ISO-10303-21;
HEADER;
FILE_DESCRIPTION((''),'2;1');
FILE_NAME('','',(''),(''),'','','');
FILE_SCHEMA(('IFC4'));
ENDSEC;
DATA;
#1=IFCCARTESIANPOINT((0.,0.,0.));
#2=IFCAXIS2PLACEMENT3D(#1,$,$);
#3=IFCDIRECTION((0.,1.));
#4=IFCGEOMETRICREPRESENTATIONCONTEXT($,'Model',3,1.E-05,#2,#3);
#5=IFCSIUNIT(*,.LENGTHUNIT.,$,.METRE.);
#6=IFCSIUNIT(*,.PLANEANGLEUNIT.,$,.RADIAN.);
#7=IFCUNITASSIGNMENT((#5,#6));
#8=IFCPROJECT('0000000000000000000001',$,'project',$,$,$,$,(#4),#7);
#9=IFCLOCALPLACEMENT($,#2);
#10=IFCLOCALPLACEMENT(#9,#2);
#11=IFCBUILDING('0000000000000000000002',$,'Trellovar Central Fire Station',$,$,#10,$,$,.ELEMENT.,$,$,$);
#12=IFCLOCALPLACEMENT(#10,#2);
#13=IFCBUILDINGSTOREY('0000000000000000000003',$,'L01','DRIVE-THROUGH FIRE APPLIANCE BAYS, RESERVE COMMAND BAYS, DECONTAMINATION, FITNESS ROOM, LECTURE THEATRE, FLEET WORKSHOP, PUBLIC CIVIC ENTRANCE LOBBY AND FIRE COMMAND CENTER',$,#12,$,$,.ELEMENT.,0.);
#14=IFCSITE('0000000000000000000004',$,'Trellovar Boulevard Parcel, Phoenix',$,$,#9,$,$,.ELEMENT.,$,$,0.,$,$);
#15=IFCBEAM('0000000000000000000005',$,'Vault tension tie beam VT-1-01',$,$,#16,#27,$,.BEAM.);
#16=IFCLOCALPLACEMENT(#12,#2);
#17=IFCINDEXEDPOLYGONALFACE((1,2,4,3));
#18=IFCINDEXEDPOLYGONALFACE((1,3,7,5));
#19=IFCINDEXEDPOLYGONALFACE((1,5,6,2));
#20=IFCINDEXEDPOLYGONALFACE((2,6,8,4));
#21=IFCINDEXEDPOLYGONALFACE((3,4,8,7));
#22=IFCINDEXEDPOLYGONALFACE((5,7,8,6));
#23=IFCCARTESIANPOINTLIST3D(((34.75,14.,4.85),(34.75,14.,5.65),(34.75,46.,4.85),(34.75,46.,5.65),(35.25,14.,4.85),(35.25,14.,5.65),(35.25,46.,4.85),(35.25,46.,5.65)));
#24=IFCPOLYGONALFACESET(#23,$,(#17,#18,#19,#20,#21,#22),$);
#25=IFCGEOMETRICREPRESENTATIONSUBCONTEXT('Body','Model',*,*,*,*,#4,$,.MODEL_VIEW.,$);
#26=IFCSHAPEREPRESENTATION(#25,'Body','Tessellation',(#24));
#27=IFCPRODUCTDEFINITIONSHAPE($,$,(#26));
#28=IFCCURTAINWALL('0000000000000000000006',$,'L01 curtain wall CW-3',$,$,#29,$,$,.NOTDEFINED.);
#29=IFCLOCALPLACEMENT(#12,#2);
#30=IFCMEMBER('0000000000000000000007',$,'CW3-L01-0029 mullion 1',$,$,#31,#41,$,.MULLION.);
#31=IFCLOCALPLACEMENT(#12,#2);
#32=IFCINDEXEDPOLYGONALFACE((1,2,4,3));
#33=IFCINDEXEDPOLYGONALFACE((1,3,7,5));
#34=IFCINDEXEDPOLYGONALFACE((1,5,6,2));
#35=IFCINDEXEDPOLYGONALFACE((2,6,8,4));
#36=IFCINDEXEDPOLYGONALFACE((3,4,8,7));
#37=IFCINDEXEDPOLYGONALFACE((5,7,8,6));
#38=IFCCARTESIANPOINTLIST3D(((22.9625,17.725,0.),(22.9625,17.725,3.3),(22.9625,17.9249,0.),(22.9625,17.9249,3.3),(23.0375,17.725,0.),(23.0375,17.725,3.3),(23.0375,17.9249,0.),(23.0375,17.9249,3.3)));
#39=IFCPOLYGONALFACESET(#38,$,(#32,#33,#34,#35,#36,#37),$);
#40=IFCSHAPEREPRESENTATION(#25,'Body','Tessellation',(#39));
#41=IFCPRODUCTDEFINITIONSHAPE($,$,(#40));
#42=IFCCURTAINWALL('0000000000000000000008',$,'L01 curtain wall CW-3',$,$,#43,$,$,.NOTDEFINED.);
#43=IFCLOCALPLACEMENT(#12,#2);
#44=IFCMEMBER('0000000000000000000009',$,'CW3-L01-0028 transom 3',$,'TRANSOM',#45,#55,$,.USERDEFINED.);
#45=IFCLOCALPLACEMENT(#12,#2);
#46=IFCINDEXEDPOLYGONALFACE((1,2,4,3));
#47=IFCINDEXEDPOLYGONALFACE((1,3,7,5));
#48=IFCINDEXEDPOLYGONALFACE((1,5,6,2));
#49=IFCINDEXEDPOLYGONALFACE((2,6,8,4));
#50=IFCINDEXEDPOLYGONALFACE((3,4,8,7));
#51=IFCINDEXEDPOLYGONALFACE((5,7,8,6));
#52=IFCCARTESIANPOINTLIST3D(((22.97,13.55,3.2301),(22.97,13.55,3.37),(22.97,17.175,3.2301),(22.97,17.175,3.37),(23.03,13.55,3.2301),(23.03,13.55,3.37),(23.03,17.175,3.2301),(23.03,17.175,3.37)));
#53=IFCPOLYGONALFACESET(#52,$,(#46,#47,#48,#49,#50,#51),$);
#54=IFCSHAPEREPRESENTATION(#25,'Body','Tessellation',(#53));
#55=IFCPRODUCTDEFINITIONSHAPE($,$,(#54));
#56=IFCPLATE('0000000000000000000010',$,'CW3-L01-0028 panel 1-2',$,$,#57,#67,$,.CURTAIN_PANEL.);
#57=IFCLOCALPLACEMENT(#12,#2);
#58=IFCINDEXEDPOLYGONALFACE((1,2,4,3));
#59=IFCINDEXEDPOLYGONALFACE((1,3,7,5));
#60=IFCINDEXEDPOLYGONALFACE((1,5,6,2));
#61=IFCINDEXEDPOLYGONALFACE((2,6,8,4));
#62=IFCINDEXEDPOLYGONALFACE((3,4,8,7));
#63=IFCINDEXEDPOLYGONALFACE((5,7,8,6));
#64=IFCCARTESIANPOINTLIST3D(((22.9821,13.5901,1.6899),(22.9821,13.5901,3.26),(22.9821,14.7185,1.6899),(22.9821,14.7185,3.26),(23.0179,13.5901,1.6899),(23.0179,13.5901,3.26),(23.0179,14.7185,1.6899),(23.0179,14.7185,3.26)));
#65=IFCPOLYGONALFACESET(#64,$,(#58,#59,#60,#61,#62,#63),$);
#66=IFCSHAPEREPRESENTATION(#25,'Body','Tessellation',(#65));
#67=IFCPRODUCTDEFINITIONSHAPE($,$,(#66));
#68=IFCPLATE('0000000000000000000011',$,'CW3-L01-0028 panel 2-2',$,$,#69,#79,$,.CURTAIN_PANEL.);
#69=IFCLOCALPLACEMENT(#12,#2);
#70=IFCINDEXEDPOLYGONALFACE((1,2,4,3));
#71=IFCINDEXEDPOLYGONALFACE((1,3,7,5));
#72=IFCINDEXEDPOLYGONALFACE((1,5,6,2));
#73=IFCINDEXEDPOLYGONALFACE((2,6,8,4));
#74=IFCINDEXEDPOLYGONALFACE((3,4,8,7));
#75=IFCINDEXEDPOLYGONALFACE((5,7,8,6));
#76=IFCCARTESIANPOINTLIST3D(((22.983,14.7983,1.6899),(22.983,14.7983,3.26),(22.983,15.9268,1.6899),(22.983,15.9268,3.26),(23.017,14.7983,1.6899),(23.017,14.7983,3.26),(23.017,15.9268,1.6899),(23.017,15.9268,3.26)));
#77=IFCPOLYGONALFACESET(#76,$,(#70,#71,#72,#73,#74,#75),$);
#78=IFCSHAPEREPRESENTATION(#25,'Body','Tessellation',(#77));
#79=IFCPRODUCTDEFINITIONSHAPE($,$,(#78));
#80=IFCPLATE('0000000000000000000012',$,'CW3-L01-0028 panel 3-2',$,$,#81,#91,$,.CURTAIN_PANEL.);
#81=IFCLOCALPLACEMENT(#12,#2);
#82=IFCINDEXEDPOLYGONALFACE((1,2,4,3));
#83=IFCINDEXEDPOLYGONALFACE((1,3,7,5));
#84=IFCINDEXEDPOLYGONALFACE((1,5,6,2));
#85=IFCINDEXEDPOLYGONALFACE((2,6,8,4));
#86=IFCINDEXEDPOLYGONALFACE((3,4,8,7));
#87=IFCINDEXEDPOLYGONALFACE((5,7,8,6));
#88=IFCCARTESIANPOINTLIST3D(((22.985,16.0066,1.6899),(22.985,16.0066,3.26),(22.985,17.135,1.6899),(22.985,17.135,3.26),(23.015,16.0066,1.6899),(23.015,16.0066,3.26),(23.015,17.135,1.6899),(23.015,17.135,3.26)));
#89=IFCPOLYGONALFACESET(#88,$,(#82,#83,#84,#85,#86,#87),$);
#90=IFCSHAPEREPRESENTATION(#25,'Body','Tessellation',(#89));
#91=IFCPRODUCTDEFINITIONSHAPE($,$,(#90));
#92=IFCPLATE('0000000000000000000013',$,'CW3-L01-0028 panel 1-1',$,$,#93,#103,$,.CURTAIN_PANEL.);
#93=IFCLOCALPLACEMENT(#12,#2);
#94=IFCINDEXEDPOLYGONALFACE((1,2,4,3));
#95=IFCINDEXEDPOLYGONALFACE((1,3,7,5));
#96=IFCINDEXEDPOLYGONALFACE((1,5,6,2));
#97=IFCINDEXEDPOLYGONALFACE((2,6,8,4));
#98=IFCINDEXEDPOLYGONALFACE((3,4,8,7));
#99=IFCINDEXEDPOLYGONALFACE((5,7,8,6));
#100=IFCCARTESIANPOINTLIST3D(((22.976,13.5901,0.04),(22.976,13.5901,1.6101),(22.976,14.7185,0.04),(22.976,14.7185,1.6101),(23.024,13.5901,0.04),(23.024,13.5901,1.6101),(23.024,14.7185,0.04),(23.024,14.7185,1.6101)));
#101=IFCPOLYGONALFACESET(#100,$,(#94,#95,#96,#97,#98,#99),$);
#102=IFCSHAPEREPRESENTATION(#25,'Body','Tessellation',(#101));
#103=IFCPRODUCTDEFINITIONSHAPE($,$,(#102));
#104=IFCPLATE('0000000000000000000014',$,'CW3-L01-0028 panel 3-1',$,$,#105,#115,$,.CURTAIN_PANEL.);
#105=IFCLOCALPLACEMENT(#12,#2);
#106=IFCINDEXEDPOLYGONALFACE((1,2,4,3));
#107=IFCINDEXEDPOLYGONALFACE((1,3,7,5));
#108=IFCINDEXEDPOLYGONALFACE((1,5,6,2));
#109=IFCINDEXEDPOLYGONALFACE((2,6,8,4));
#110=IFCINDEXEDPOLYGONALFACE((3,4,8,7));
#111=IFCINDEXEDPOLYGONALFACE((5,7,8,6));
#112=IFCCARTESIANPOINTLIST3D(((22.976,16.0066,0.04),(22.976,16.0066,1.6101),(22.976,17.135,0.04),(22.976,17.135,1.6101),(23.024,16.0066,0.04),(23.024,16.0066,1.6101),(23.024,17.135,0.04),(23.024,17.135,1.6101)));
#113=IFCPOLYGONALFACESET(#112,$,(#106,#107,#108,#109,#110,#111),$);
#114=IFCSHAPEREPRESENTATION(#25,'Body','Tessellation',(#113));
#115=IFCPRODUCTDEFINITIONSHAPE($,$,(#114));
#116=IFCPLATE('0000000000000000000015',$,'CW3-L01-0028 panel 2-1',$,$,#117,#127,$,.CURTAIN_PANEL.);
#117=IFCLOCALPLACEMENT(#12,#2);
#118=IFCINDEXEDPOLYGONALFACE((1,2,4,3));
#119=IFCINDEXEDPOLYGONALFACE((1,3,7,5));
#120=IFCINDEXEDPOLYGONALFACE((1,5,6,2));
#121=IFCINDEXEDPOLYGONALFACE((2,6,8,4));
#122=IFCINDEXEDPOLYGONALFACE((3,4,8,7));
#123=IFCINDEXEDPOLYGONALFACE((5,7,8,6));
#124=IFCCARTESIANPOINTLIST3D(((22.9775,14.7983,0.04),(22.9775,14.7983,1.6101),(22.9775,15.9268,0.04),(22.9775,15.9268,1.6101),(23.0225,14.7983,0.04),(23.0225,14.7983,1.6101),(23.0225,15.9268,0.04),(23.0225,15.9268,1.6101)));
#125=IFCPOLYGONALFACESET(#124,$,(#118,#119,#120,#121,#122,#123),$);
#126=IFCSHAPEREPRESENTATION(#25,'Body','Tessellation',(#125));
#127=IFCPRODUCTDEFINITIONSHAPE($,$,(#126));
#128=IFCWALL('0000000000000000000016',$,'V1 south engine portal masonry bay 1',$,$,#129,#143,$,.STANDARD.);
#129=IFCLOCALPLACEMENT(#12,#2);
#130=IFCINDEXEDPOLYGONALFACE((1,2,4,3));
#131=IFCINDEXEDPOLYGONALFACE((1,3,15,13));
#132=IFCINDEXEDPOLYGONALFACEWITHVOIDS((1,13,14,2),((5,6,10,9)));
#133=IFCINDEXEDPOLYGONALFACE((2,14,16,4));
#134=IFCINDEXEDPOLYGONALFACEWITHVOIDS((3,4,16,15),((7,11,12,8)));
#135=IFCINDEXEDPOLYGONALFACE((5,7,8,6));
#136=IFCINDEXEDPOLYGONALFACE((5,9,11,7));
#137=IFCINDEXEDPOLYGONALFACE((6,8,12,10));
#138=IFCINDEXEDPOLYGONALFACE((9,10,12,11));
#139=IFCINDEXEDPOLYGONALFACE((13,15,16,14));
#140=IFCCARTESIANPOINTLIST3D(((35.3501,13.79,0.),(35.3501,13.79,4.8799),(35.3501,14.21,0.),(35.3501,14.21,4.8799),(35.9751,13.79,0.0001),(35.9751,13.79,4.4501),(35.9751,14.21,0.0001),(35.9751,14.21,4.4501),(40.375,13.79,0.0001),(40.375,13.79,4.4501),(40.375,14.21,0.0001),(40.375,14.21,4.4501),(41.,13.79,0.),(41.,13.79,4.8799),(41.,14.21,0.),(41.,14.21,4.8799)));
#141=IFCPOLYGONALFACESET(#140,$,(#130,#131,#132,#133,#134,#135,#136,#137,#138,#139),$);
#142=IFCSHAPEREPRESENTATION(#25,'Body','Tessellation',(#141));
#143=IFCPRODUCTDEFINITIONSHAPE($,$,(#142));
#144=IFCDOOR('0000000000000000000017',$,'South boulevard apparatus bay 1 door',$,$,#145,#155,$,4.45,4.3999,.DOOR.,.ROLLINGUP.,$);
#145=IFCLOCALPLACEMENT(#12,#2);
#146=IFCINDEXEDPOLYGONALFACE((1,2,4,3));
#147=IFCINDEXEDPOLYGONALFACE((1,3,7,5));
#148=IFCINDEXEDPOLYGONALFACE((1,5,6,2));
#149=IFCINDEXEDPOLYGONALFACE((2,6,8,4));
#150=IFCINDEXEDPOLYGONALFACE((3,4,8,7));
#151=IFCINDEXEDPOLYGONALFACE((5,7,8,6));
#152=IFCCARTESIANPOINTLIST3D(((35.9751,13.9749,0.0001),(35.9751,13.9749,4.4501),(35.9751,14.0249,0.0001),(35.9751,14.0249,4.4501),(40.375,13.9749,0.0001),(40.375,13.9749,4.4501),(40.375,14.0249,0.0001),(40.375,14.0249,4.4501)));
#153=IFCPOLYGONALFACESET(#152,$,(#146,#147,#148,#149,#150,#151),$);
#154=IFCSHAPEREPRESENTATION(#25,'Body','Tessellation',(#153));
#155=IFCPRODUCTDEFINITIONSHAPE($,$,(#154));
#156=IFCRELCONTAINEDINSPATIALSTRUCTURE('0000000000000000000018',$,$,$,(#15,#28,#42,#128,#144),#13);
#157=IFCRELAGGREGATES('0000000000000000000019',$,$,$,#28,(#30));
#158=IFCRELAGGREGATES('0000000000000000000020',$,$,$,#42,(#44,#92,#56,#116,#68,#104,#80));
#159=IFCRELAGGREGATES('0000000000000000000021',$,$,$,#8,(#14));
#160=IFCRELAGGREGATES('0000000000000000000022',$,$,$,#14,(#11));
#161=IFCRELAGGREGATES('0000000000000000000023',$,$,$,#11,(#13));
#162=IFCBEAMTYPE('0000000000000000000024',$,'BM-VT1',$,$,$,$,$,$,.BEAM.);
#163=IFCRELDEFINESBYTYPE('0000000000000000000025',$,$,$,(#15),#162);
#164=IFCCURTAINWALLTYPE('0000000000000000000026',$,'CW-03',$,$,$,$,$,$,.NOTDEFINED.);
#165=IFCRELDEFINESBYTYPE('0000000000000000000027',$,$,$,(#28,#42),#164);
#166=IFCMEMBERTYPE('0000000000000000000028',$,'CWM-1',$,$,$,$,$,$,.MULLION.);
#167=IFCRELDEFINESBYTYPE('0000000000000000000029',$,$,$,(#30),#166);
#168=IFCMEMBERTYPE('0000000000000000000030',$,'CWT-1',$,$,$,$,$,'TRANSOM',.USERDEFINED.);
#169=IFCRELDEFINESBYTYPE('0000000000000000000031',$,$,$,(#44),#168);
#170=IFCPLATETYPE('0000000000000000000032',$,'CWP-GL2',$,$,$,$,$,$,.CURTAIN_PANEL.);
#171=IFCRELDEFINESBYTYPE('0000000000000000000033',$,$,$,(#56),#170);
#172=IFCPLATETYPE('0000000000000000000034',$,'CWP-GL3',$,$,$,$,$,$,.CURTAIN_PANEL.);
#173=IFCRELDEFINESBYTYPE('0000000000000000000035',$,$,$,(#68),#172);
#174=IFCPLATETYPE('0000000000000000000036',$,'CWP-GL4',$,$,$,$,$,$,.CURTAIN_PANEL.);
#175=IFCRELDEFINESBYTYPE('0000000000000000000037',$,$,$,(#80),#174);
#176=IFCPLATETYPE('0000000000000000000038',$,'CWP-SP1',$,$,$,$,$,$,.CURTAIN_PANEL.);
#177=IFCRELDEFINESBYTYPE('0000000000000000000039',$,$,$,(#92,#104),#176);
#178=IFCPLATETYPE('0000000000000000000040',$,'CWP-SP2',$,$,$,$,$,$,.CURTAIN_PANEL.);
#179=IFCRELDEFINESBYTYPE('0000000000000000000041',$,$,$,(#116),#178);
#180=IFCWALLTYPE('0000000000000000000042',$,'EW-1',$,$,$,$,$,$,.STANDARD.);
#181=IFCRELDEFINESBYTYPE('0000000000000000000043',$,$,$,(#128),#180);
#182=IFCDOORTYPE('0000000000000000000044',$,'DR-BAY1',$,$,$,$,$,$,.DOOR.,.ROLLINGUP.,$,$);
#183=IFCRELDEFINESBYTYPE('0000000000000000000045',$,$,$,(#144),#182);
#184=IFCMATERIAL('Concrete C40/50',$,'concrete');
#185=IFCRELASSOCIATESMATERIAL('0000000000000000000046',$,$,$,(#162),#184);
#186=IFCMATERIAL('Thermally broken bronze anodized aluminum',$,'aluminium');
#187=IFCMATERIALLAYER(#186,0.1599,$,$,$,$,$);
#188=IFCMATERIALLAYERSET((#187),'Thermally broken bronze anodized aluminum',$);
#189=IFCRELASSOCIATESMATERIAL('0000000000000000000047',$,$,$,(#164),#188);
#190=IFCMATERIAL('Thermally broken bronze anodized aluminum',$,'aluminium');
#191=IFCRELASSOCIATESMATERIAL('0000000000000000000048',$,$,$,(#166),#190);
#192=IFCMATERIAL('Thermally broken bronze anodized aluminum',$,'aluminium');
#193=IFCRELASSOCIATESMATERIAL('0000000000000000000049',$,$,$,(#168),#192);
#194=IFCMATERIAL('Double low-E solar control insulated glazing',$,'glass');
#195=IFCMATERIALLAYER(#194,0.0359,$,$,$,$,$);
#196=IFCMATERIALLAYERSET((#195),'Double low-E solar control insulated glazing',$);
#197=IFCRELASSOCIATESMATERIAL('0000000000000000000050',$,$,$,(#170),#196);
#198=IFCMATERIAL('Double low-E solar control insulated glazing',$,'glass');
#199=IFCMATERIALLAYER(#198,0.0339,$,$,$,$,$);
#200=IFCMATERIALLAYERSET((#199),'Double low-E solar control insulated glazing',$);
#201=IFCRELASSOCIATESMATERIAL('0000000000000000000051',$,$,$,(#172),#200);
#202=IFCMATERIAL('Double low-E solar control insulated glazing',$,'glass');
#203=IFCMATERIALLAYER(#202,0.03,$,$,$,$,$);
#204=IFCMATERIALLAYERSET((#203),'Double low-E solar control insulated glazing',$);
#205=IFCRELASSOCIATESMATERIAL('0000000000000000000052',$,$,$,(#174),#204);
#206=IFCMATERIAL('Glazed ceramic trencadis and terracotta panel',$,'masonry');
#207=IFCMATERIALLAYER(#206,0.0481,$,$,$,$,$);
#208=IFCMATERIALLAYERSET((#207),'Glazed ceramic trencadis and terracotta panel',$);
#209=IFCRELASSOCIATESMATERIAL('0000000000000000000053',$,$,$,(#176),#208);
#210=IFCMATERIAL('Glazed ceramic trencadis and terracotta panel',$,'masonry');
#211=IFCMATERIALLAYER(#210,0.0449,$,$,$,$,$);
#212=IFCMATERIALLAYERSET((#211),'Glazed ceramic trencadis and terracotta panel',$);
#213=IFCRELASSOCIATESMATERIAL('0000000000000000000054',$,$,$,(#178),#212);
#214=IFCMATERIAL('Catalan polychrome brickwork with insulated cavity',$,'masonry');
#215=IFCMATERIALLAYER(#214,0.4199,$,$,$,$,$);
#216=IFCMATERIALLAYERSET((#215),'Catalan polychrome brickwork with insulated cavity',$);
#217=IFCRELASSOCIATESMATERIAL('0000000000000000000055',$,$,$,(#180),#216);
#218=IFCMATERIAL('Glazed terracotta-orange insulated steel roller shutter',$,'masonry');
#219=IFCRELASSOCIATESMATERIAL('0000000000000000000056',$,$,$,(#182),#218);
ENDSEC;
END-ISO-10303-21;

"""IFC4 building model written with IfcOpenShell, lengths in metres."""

from ifc_helpers import new_model, si_unit, direction, frame, frame_2d, origin, origin_2d, place, context, subcontext, project, spatial, rectangle, extrude, material, layer, layer_set, material_profile, profile_set, type_object, element, fill, aggregate, save


model = new_model("IFC4")

# Units and contexts
model_context = context("Model", 3, precision=1e-05, world=origin(), true_north=direction((0.0, 1.0)))
body_context = subcontext(model_context, "Body", "Model", "MODEL_VIEW")
ifc_project = project(units=[si_unit("LENGTHUNIT", "METRE"), si_unit("PLANEANGLEUNIT", "RADIAN")], contexts=[model_context])

# Site, building, storey
site_placement = place(None, origin())
site = spatial("IfcSite", under=ifc_project, at=site_placement, Name="Trellovar Boulevard Parcel, Phoenix", CompositionType="ELEMENT", RefElevation=0.0)
building_placement = place(site_placement, origin())
building = spatial("IfcBuilding", under=site, at=building_placement, Name="Trellovar Central Fire Station", CompositionType="ELEMENT")
storey_placement = place(building_placement, origin())
storey = spatial("IfcBuildingStorey", under=building, at=storey_placement, Name="L01", Description="DRIVE-THROUGH FIRE APPLIANCE BAYS, RESERVE COMMAND BAYS, DECONTAMINATION, FITNESS ROOM, LECTURE THEATRE, FLEET WORKSHOP, PUBLIC CIVIC ENTRANCE LOBBY AND FIRE COMMAND CENTER", CompositionType="ELEMENT", Elevation=0.0)

# Beam
ifc_material_1 = material(Name="Concrete C40/50", Category="concrete")
ifc_material_profile_1 = material_profile(ifc_material_1, rectangle(XDim=0.5, YDim=0.8, at=origin_2d()), Name="RC500X800")
ifc_profile_set_1 = profile_set([ifc_material_profile_1], Name="Concrete C40/50")
beam_type_1 = type_object("IfcBeamType", Name="BM-VT1", PredefinedType="BEAM", material=ifc_profile_set_1)
beam_1_placement = place(storey_placement, frame((35.0, 14.0, 5.25), z_axis=(0.0, 1.0, 0.0), x_axis=(-1.0, 0.0, 0.0)))
element("IfcBeam", 1, at=beam_1_placement, inside=storey, type_object=beam_type_1, Name="Vault tension tie beam VT-1-01", PredefinedType="BEAM", context=body_context, shape_type="SweptSolid", body=[
    extrude(rectangle(XDim=0.5, YDim=0.8, at=origin_2d()), origin(), (0.0, 0.0, 1.0), 32.0),
])

# Curtain wall, member
ifc_material_2 = material(Name="Thermally broken bronze anodized aluminum", Category="aluminium")
ifc_layer_1 = layer(ifc_material_2, 0.1599)
ifc_layer_set_1 = layer_set([ifc_layer_1], Name="Thermally broken bronze anodized aluminum")
curtain_wall_type = type_object("IfcCurtainWallType", Name="CW-03", PredefinedType="NOTDEFINED", material=ifc_layer_set_1)
curtain_wall_1_placement = place(storey_placement, origin())
curtain_wall_1 = element("IfcCurtainWall", 2, at=curtain_wall_1_placement, inside=storey, type_object=curtain_wall_type, Name="L01 curtain wall CW-3", PredefinedType="NOTDEFINED")
ifc_material_3 = material(Name="Thermally broken bronze anodized aluminum", Category="aluminium")
ifc_material_profile_2 = material_profile(ifc_material_3, rectangle(XDim=0.075, YDim=0.2, at=origin_2d()), Name="ALU75X200")
ifc_profile_set_2 = profile_set([ifc_material_profile_2], Name="Thermally broken bronze anodized aluminum")
member_type_1 = type_object("IfcMemberType", Name="CWM-1", PredefinedType="MULLION", material=ifc_profile_set_2)
member_1_placement = place(storey_placement, frame((23.0, 17.825, 0.0), z_axis=(0.0, 0.0, 1.0), x_axis=(1.0, 0.0, 0.0)))
member_1 = element("IfcMember", 3, at=member_1_placement, type_object=member_type_1, Name="CW3-L01-0029 mullion 1", PredefinedType="MULLION", context=body_context, shape_type="SweptSolid", body=[
    extrude(rectangle(XDim=0.075, YDim=0.2, at=origin_2d()), origin(), (0.0, 0.0, 1.0), 3.3),
])
aggregate(curtain_wall_1, [member_1])

# Curtain wall, member, plates
curtain_wall_2_placement = place(storey_placement, origin())
curtain_wall_2 = element("IfcCurtainWall", 4, at=curtain_wall_2_placement, inside=storey, type_object=curtain_wall_type, Name="L01 curtain wall CW-3", PredefinedType="NOTDEFINED")
ifc_material_4 = material(Name="Thermally broken bronze anodized aluminum", Category="aluminium")
ifc_material_profile_3 = material_profile(ifc_material_4, rectangle(XDim=0.0601, YDim=0.1399, at=origin_2d()), Name="ALU60X140")
ifc_profile_set_3 = profile_set([ifc_material_profile_3], Name="Thermally broken bronze anodized aluminum")
member_type_2 = type_object("IfcMemberType", Name="CWT-1", ElementType="TRANSOM", PredefinedType="USERDEFINED", material=ifc_profile_set_3)
member_2_placement = place(storey_placement, frame((23.0, 13.55, 3.3), z_axis=(0.0, 1.0, 0.0), x_axis=(-1.0, 0.0, 0.0)))
member_2 = element("IfcMember", 5, at=member_2_placement, type_object=member_type_2, Name="CW3-L01-0028 transom 3", ObjectType="TRANSOM", PredefinedType="USERDEFINED", context=body_context, shape_type="SweptSolid", body=[
    extrude(rectangle(XDim=0.0601, YDim=0.1399, at=origin_2d()), origin(), (0.0, 0.0, 1.0), 3.625),
])
ifc_material_5 = material(Name="Double low-E solar control insulated glazing", Category="glass")
ifc_layer_2 = layer(ifc_material_5, 0.0359)
ifc_layer_set_2 = layer_set([ifc_layer_2], Name="Double low-E solar control insulated glazing")
plate_type_1 = type_object("IfcPlateType", Name="CWP-GL2", PredefinedType="CURTAIN_PANEL", material=ifc_layer_set_2)
plate_1_placement = place(storey_placement, frame((23.0, 14.1543, 1.6899), z_axis=(0.0, 0.0, 1.0), x_axis=(0.0, 1.0, 0.0)))
plate_1 = element("IfcPlate", 6, at=plate_1_placement, type_object=plate_type_1, Name="CW3-L01-0028 panel 1-2", PredefinedType="CURTAIN_PANEL", context=body_context, shape_type="SweptSolid", body=[
    extrude(rectangle(XDim=1.1284, YDim=0.0359, at=origin_2d()), origin(), (0.0, 0.0, 1.0), 1.5701),
])
ifc_material_6 = material(Name="Double low-E solar control insulated glazing", Category="glass")
ifc_layer_3 = layer(ifc_material_6, 0.0339)
ifc_layer_set_3 = layer_set([ifc_layer_3], Name="Double low-E solar control insulated glazing")
plate_type_2 = type_object("IfcPlateType", Name="CWP-GL3", PredefinedType="CURTAIN_PANEL", material=ifc_layer_set_3)
plate_2_placement = place(storey_placement, frame((23.0, 15.3625, 1.6899), z_axis=(0.0, 0.0, 1.0), x_axis=(0.0, 1.0, 0.0)))
plate_2 = element("IfcPlate", 7, at=plate_2_placement, type_object=plate_type_2, Name="CW3-L01-0028 panel 2-2", PredefinedType="CURTAIN_PANEL", context=body_context, shape_type="SweptSolid", body=[
    extrude(rectangle(XDim=1.1284, YDim=0.0339, at=origin_2d()), origin(), (0.0, 0.0, 1.0), 1.5701),
])
ifc_material_7 = material(Name="Double low-E solar control insulated glazing", Category="glass")
ifc_layer_4 = layer(ifc_material_7, 0.03)
ifc_layer_set_4 = layer_set([ifc_layer_4], Name="Double low-E solar control insulated glazing")
plate_type_3 = type_object("IfcPlateType", Name="CWP-GL4", PredefinedType="CURTAIN_PANEL", material=ifc_layer_set_4)
plate_3_placement = place(storey_placement, frame((23.0, 16.5708, 1.6899), z_axis=(0.0, 0.0, 1.0), x_axis=(0.0, 1.0, 0.0)))
plate_3 = element("IfcPlate", 8, at=plate_3_placement, type_object=plate_type_3, Name="CW3-L01-0028 panel 3-2", PredefinedType="CURTAIN_PANEL", context=body_context, shape_type="SweptSolid", body=[
    extrude(rectangle(XDim=1.1284, YDim=0.03, at=origin_2d()), origin(), (0.0, 0.0, 1.0), 1.5701),
])
ifc_material_8 = material(Name="Glazed ceramic trencadis and terracotta panel", Category="masonry")
ifc_layer_5 = layer(ifc_material_8, 0.0481)
ifc_layer_set_5 = layer_set([ifc_layer_5], Name="Glazed ceramic trencadis and terracotta panel")
plate_type_4 = type_object("IfcPlateType", Name="CWP-SP1", PredefinedType="CURTAIN_PANEL", material=ifc_layer_set_5)
plate_4_placement = place(storey_placement, frame((23.0, 14.1543, 0.04), z_axis=(0.0, 0.0, 1.0), x_axis=(0.0, 1.0, 0.0)))
plate_4 = element("IfcPlate", 9, at=plate_4_placement, type_object=plate_type_4, Name="CW3-L01-0028 panel 1-1", PredefinedType="CURTAIN_PANEL", context=body_context, shape_type="SweptSolid", body=[
    extrude(rectangle(XDim=1.1284, YDim=0.0481, at=origin_2d()), origin(), (0.0, 0.0, 1.0), 1.5701),
])
plate_5_placement = place(storey_placement, frame((23.0, 16.5708, 0.04), z_axis=(0.0, 0.0, 1.0), x_axis=(0.0, 1.0, 0.0)))
plate_5 = element("IfcPlate", 10, at=plate_5_placement, type_object=plate_type_4, Name="CW3-L01-0028 panel 3-1", PredefinedType="CURTAIN_PANEL", context=body_context, shape_type="SweptSolid", body=[
    extrude(rectangle(XDim=1.1284, YDim=0.0481, at=origin_2d()), origin(), (0.0, 0.0, 1.0), 1.5701),
])
ifc_material_9 = material(Name="Glazed ceramic trencadis and terracotta panel", Category="masonry")
ifc_layer_6 = layer(ifc_material_9, 0.0449)
ifc_layer_set_6 = layer_set([ifc_layer_6], Name="Glazed ceramic trencadis and terracotta panel")
plate_type_5 = type_object("IfcPlateType", Name="CWP-SP2", PredefinedType="CURTAIN_PANEL", material=ifc_layer_set_6)
plate_6_placement = place(storey_placement, frame((23.0, 15.3625, 0.04), z_axis=(0.0, 0.0, 1.0), x_axis=(0.0, 1.0, 0.0)))
plate_6 = element("IfcPlate", 11, at=plate_6_placement, type_object=plate_type_5, Name="CW3-L01-0028 panel 2-1", PredefinedType="CURTAIN_PANEL", context=body_context, shape_type="SweptSolid", body=[
    extrude(rectangle(XDim=1.1284, YDim=0.0449, at=origin_2d()), origin(), (0.0, 0.0, 1.0), 1.5701),
])
aggregate(curtain_wall_2, [member_2, plate_4, plate_1, plate_6, plate_2, plate_5, plate_3])

# Wall, opening, door
ifc_material_10 = material(Name="Catalan polychrome brickwork with insulated cavity", Category="masonry")
ifc_layer_7 = layer(ifc_material_10, 0.4199)
ifc_layer_set_7 = layer_set([ifc_layer_7], Name="Catalan polychrome brickwork with insulated cavity")
wall_type_1 = type_object("IfcWallType", Name="EW-1", PredefinedType="STANDARD", material=ifc_layer_set_7)
wall_1_placement = place(storey_placement, frame((35.3501, 14.0, 0.0), z_axis=(0.0, 0.0, 1.0), x_axis=(1.0, 0.0, 0.0)))
wall_1 = element("IfcWall", 12, at=wall_1_placement, inside=storey, type_object=wall_type_1, Name="V1 south engine portal masonry bay 1", PredefinedType="STANDARD", context=body_context, shape_type="SweptSolid", body=[
    extrude(rectangle(XDim=5.6499, YDim=0.4199, at=frame_2d((2.825, 0.0))), origin(), (0.0, 0.0, 1.0), 4.8799),
])
opening_1_placement = place(wall_1_placement, frame((0.625, 0.0, 0.0)))
opening_1 = element("IfcOpeningElement", 13, at=opening_1_placement, cuts=wall_1, PredefinedType="OPENING", context=body_context, shape_type="SweptSolid", body=[
    extrude(rectangle(XDim=4.3999, YDim=4.45, at=frame_2d((2.2, 2.2251))), frame((0.0, 0.22, 0.0), z_axis=(0.0, -1.0, 0.0), x_axis=(1.0, 0.0, 0.0)), (0.0, 0.0, 1.0), 0.4399),
])
ifc_material_11 = material(Name="Glazed terracotta-orange insulated steel roller shutter", Category="masonry")
door_type = type_object("IfcDoorType", Name="DR-BAY1", OperationType="ROLLINGUP", PredefinedType="DOOR", material=ifc_material_11)
door_placement = place(opening_1_placement, origin())
door = element("IfcDoor", 14, at=door_placement, inside=storey, type_object=door_type, Name="South boulevard apparatus bay 1 door", OperationType="ROLLINGUP", OverallHeight=4.45, OverallWidth=4.3999, PredefinedType="DOOR", context=body_context, shape_type="SweptSolid", body=[
    extrude(rectangle(XDim=4.3999, YDim=4.45, at=frame_2d((2.2, 2.2251))), frame((0.0, 0.0249, 0.0), z_axis=(0.0, -1.0, 0.0), x_axis=(1.0, 0.0, 0.0)), (0.0, 0.0, 1.0), 0.05),
])
fill(opening_1, door)

save(model, "model.ifc")
